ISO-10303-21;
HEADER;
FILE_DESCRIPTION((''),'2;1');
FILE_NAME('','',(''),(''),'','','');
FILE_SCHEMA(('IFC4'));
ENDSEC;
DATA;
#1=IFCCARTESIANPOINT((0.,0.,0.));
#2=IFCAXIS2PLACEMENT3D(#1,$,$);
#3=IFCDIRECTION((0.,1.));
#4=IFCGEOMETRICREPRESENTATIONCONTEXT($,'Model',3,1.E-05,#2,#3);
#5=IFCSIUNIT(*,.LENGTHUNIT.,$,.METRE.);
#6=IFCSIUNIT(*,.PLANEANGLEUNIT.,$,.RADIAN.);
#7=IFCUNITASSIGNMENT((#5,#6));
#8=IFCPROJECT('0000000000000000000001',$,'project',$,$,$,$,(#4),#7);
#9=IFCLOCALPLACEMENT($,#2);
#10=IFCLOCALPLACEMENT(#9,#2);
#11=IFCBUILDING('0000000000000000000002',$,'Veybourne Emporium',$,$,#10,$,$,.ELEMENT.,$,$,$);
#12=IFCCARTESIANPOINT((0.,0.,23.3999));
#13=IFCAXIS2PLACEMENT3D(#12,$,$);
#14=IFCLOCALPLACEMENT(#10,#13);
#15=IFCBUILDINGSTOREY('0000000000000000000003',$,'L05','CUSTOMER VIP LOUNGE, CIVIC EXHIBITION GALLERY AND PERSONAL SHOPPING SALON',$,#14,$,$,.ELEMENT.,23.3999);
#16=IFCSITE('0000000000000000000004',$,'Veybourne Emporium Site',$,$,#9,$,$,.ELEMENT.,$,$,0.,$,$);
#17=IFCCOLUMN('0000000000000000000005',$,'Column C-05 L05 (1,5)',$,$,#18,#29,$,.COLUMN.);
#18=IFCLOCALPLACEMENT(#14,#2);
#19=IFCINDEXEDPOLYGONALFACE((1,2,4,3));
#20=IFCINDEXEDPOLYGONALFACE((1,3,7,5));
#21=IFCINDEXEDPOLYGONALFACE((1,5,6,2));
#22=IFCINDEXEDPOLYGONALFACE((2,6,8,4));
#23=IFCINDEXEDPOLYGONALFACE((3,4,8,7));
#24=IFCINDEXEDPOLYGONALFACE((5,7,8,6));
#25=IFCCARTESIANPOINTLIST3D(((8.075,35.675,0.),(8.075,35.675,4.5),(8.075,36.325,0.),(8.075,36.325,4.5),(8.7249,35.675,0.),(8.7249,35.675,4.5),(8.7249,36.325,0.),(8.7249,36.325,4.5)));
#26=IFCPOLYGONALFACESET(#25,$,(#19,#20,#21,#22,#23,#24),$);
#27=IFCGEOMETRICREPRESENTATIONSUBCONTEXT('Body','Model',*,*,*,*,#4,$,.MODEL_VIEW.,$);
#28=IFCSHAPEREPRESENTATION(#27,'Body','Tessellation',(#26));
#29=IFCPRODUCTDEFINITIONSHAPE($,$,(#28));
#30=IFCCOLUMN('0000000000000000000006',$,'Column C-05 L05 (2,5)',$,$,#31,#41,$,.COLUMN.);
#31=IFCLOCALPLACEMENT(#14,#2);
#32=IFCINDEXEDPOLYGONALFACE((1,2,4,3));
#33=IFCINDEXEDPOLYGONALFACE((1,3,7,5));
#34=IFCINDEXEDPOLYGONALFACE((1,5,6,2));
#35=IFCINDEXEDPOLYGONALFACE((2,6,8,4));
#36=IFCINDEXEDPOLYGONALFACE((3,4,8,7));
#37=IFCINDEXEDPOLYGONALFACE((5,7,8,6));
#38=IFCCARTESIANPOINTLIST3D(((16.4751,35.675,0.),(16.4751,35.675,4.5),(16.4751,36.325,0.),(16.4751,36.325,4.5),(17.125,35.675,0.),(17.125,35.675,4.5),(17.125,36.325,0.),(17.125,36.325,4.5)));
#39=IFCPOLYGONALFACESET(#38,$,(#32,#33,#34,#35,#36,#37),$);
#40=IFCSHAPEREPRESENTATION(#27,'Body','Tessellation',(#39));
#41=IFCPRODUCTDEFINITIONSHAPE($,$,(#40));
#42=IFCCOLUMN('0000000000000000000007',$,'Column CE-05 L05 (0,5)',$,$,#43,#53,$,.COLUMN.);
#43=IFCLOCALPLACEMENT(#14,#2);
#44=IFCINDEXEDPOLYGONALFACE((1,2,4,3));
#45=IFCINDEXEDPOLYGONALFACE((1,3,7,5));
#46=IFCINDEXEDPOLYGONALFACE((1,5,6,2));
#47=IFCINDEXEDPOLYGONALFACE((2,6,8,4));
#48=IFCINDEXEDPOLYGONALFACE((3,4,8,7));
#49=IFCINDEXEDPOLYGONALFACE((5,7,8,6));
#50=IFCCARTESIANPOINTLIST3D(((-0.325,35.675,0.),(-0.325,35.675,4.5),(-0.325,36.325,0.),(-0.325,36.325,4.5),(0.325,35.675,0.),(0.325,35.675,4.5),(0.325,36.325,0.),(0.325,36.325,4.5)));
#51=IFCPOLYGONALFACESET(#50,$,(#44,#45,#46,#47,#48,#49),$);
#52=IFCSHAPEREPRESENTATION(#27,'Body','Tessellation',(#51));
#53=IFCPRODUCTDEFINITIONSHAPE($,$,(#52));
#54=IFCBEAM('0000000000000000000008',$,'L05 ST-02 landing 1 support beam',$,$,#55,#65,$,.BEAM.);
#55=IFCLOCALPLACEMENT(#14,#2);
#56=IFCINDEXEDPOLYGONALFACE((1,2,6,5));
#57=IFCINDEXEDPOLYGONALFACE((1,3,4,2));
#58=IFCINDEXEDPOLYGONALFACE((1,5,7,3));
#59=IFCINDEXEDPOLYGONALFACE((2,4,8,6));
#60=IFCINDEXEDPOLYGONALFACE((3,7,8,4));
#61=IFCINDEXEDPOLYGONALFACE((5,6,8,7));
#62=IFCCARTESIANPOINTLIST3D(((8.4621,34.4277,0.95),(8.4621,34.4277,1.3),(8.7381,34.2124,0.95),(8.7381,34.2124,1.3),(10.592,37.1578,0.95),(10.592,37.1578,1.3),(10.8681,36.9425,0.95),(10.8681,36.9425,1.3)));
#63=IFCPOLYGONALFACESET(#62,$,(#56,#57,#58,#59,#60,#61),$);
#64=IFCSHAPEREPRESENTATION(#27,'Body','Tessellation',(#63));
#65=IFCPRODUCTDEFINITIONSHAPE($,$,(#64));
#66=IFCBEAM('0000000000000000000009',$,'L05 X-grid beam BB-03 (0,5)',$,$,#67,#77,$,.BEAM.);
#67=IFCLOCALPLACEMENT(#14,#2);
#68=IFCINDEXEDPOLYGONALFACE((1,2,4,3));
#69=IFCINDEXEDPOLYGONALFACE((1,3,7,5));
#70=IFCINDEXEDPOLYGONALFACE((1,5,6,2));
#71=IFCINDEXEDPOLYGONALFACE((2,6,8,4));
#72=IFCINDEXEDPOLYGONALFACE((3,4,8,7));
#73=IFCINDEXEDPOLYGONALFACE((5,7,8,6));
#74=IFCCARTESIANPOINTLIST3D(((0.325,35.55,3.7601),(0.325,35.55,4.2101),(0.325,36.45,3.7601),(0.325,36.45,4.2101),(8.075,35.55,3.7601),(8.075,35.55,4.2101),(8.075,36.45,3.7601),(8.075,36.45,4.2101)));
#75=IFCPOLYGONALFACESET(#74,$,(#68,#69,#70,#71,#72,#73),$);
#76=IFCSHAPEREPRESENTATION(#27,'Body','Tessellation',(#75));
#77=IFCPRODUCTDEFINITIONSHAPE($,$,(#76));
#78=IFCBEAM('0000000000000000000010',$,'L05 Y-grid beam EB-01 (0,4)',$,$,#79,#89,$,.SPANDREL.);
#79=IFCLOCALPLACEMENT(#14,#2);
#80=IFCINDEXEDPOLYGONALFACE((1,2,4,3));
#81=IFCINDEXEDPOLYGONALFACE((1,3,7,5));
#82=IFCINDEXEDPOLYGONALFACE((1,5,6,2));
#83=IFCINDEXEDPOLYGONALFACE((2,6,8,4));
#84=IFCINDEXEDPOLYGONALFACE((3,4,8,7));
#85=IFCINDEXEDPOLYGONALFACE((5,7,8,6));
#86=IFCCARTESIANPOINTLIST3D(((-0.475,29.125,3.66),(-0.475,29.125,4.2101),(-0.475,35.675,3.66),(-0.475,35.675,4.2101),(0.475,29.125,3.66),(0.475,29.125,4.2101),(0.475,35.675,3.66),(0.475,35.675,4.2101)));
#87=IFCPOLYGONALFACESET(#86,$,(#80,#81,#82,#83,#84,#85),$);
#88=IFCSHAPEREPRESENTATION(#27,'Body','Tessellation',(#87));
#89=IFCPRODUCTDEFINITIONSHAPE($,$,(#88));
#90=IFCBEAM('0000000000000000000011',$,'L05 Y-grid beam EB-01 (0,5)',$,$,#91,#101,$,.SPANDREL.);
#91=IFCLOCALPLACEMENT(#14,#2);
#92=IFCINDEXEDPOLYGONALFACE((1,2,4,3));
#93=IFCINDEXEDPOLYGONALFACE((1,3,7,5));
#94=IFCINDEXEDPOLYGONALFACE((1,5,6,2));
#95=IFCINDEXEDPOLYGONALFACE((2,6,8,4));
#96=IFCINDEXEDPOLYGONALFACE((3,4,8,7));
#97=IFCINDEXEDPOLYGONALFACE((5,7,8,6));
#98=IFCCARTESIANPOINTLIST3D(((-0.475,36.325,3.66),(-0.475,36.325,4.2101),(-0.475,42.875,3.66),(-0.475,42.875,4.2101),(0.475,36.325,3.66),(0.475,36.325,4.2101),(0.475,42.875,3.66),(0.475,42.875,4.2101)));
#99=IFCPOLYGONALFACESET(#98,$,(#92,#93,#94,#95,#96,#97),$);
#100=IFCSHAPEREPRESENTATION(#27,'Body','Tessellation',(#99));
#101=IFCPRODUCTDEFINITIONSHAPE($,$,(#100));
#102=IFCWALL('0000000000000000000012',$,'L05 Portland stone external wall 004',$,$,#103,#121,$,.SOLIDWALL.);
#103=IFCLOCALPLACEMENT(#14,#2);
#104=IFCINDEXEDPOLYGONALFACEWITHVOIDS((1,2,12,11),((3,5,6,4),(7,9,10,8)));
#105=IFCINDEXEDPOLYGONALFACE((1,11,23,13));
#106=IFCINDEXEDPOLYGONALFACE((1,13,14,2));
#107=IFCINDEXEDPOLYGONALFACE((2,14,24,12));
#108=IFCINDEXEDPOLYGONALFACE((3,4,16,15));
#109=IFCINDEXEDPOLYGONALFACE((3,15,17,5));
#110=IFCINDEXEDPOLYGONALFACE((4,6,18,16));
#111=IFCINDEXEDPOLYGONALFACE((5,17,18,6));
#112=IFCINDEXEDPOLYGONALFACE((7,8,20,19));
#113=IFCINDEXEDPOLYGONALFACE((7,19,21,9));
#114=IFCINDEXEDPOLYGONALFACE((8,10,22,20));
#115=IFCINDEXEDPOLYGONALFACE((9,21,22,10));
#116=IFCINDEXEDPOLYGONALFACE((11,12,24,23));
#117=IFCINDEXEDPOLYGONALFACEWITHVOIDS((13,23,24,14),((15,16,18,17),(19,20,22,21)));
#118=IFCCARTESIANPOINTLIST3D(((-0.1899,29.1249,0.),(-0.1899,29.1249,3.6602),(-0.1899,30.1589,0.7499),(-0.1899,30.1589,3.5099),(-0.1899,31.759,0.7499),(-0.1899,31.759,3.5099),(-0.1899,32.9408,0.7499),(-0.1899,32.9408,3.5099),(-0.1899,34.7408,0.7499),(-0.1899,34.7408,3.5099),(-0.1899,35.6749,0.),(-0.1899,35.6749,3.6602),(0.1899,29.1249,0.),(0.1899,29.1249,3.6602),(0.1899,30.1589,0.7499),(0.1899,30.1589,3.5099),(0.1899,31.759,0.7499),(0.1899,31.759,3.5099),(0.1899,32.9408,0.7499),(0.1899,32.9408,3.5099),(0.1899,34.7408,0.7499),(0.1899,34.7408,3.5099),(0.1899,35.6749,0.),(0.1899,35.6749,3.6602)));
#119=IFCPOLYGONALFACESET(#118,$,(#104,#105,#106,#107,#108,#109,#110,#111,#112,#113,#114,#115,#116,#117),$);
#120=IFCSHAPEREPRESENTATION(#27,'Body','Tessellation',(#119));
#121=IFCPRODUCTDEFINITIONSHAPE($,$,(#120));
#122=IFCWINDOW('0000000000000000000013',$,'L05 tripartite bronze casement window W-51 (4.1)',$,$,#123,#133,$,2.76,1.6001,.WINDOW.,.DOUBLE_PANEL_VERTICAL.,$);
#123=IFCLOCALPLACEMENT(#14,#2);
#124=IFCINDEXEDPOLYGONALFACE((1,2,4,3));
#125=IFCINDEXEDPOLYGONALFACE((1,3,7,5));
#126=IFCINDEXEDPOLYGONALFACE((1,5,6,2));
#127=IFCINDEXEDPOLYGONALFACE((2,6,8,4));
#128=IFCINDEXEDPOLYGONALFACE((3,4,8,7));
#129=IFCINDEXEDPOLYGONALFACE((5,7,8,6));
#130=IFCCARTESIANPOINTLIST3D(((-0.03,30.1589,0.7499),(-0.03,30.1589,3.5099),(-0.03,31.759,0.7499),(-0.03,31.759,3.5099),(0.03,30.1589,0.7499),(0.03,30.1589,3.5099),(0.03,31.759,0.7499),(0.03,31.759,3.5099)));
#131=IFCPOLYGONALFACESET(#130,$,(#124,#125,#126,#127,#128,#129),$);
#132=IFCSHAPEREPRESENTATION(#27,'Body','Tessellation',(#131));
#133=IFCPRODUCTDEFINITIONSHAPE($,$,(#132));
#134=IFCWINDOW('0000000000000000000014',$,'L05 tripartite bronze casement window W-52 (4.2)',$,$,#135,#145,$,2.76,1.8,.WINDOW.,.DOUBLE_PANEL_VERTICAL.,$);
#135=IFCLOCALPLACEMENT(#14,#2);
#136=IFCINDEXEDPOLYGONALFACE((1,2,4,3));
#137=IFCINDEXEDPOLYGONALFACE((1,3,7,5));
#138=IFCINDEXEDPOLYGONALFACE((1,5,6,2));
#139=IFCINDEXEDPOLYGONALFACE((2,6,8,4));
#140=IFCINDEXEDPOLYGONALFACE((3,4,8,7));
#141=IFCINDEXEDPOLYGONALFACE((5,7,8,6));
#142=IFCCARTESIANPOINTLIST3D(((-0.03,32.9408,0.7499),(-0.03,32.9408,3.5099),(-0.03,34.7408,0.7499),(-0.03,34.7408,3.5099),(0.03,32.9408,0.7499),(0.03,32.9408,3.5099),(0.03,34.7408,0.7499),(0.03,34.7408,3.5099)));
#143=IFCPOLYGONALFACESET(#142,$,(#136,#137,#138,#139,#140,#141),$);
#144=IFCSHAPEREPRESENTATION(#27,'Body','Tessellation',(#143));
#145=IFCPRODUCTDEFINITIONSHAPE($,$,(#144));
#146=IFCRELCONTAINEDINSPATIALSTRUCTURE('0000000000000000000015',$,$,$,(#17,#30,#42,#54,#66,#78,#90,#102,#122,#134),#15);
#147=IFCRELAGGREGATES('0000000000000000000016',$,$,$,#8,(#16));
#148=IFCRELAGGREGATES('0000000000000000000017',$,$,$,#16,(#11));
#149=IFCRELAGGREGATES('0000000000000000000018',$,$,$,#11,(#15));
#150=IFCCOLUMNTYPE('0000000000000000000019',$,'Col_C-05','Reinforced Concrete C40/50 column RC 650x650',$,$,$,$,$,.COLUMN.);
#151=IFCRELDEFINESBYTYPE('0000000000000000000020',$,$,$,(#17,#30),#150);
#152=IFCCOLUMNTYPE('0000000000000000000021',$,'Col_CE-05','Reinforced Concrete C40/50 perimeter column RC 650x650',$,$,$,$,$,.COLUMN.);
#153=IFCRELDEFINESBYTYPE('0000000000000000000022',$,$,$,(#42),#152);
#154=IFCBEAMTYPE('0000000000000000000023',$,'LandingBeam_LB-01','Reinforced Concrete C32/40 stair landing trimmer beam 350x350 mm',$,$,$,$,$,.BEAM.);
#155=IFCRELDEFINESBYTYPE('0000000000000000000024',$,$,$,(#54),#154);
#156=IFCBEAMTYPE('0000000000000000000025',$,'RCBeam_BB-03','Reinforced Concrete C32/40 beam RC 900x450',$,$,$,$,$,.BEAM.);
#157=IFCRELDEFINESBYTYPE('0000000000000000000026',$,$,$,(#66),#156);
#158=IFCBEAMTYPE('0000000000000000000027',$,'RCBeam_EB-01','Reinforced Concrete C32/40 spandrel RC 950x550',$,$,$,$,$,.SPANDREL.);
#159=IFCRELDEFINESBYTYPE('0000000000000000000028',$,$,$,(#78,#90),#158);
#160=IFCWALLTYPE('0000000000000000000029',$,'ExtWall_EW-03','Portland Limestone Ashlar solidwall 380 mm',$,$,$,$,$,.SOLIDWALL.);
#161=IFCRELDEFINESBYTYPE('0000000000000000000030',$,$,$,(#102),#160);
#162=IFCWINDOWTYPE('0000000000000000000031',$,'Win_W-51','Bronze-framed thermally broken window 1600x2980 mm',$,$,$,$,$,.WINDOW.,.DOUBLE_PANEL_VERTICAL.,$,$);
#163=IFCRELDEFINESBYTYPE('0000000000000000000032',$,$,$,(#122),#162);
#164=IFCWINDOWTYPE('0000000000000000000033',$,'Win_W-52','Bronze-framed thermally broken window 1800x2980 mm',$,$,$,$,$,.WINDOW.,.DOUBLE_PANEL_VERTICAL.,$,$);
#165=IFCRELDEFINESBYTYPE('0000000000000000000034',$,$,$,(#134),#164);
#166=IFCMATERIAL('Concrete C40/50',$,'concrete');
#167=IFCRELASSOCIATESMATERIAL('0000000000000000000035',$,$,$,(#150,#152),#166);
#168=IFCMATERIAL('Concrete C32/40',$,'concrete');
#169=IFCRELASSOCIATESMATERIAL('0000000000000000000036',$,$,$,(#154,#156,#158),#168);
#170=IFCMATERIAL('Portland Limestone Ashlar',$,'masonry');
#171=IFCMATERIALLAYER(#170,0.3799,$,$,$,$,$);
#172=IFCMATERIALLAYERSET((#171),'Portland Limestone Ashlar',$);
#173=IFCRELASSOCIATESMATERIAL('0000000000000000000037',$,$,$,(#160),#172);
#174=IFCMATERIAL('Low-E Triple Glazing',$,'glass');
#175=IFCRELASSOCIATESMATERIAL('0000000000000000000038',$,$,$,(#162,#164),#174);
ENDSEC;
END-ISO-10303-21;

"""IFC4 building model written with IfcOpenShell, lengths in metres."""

from ifc_helpers import new_model, si_unit, direction, frame, frame_2d, origin, origin_2d, place, context, subcontext, project, spatial, rectangle, extrude, material, layer, layer_set, material_profile, profile_set, type_object, element, fill, save


model = new_model("IFC4")

# Units and contexts
model_context = context("Model", 3, precision=1e-05, world=origin(), true_north=direction((0.0, 1.0)))
body_context = subcontext(model_context, "Body", "Model", "MODEL_VIEW")
ifc_project = project(units=[si_unit("LENGTHUNIT", "METRE"), si_unit("PLANEANGLEUNIT", "RADIAN")], contexts=[model_context])

# Site, building, storey
site_placement = place(None, origin())
site = spatial("IfcSite", under=ifc_project, at=site_placement, Name="Veybourne Emporium Site", CompositionType="ELEMENT", RefElevation=0.0)
building_placement = place(site_placement, origin())
building = spatial("IfcBuilding", under=site, at=building_placement, Name="Veybourne Emporium", CompositionType="ELEMENT")
storey_placement = place(building_placement, frame((0.0, 0.0, 23.3999)))
storey = spatial("IfcBuildingStorey", under=building, at=storey_placement, Name="L05", Description="CUSTOMER VIP LOUNGE, CIVIC EXHIBITION GALLERY AND PERSONAL SHOPPING SALON", CompositionType="ELEMENT", Elevation=23.3999)

# Columns
ifc_material_1 = material(Name="Concrete C40/50", Category="concrete")
ifc_material_profile_1 = material_profile(ifc_material_1, rectangle(XDim=0.6499, YDim=0.6499, at=origin_2d()), Name="RC 650x650")
ifc_profile_set_1 = profile_set([ifc_material_profile_1], Name="Concrete C40/50")
column_type_1 = type_object("IfcColumnType", Name="Col_C-05", Description="Reinforced Concrete C40/50 column RC 650x650", PredefinedType="COLUMN", material=ifc_profile_set_1)
for number, where, z_axis, x_axis, name in (
    (1, (8.3999, 36.0, 0.0), (0.0, 0.0, 1.0), (1.0, 0.0, 0.0), "Column C-05 L05 (1,5)"),
    (2, (16.8, 36.0, 0.0), (0.0, 0.0, 1.0), (1.0, 0.0, 0.0), "Column C-05 L05 (2,5)"),
):
    element("IfcColumn", number, at=place(storey_placement, frame(where, z_axis=z_axis, x_axis=x_axis)), inside=storey, type_object=column_type_1, Name=name, PredefinedType="COLUMN", context=body_context, shape_type="SweptSolid", body=[
        extrude(rectangle(XDim=0.6499, YDim=0.6499, at=origin_2d()), origin(), (0.0, 0.0, 1.0), 4.5),
    ])
ifc_material_profile_2 = material_profile(ifc_material_1, rectangle(XDim=0.6499, YDim=0.6499, at=origin_2d()), Name="RC 650x650")
ifc_profile_set_2 = profile_set([ifc_material_profile_2], Name="Concrete C40/50")
column_type_2 = type_object("IfcColumnType", Name="Col_CE-05", Description="Reinforced Concrete C40/50 perimeter column RC 650x650", PredefinedType="COLUMN", material=ifc_profile_set_2)
column_placement = place(storey_placement, frame((0.0, 36.0, 0.0), z_axis=(0.0, 0.0, 1.0), x_axis=(1.0, 0.0, 0.0)))
element("IfcColumn", 3, at=column_placement, inside=storey, type_object=column_type_2, Name="Column CE-05 L05 (0,5)", PredefinedType="COLUMN", context=body_context, shape_type="SweptSolid", body=[
    extrude(rectangle(XDim=0.6499, YDim=0.6499, at=origin_2d()), origin(), (0.0, 0.0, 1.0), 4.5),
])

# Beams
ifc_material_2 = material(Name="Concrete C32/40", Category="concrete")
ifc_material_profile_3 = material_profile(ifc_material_2, rectangle(XDim=0.3501, YDim=0.3501, at=origin_2d()), Name="RC 350x350")
ifc_profile_set_3 = profile_set([ifc_material_profile_3], Name="Concrete C32/40")
beam_type_1 = type_object("IfcBeamType", Name="LandingBeam_LB-01", Description="Reinforced Concrete C32/40 stair landing trimmer beam 350x350 mm", PredefinedType="BEAM", material=ifc_profile_set_3)
beam_1_placement = place(storey_placement, frame((8.6001, 34.3201, 1.125), z_axis=(0.615121, 0.788433, 0.0), x_axis=(-0.788433, 0.615121, 0.0)))
element("IfcBeam", 4, at=beam_1_placement, inside=storey, type_object=beam_type_1, Name="L05 ST-02 landing 1 support beam", PredefinedType="BEAM", context=body_context, shape_type="SweptSolid", body=[
    extrude(rectangle(XDim=0.3501, YDim=0.3501, at=origin_2d()), origin(), (0.0, 0.0, 1.0), 3.4626),
])
ifc_material_profile_4 = material_profile(ifc_material_2, rectangle(XDim=0.8999, YDim=0.45, at=origin_2d()), Name="RC 900x450")
ifc_profile_set_4 = profile_set([ifc_material_profile_4], Name="Concrete C32/40")
beam_type_2 = type_object("IfcBeamType", Name="RCBeam_BB-03", Description="Reinforced Concrete C32/40 beam RC 900x450", PredefinedType="BEAM", material=ifc_profile_set_4)
beam_2_placement = place(storey_placement, frame((0.325, 36.0, 3.9851), z_axis=(1.0, 0.0, 0.0), x_axis=(0.0, 1.0, 0.0)))
element("IfcBeam", 5, at=beam_2_placement, inside=storey, type_object=beam_type_2, Name="L05 X-grid beam BB-03 (0,5)", PredefinedType="BEAM", context=body_context, shape_type="SweptSolid", body=[
    extrude(rectangle(XDim=0.8999, YDim=0.45, at=origin_2d()), origin(), (0.0, 0.0, 1.0), 7.75),
])
ifc_material_profile_5 = material_profile(ifc_material_2, rectangle(XDim=0.95, YDim=0.55, at=origin_2d()), Name="RC 950x550")
ifc_profile_set_5 = profile_set([ifc_material_profile_5], Name="Concrete C32/40")
beam_type_3 = type_object("IfcBeamType", Name="RCBeam_EB-01", Description="Reinforced Concrete C32/40 spandrel RC 950x550", PredefinedType="SPANDREL", material=ifc_profile_set_5)
for number, where, z_axis, x_axis, name in (
    (6, (0.0, 29.125, 3.9351), (0.0, 1.0, 0.0), (-1.0, 0.0, 0.0), "L05 Y-grid beam EB-01 (0,4)"),
    (7, (0.0, 36.325, 3.9351), (0.0, 1.0, 0.0), (-1.0, 0.0, 0.0), "L05 Y-grid beam EB-01 (0,5)"),
):
    element("IfcBeam", number, at=place(storey_placement, frame(where, z_axis=z_axis, x_axis=x_axis)), inside=storey, type_object=beam_type_3, Name=name, PredefinedType="SPANDREL", context=body_context, shape_type="SweptSolid", body=[
        extrude(rectangle(XDim=0.95, YDim=0.55, at=origin_2d()), origin(), (0.0, 0.0, 1.0), 6.55),
    ])

# Wall, openings, windows
ifc_material_3 = material(Name="Portland Limestone Ashlar", Category="masonry")
ifc_layer_1 = layer(ifc_material_3, 0.3799)
ifc_layer_set_1 = layer_set([ifc_layer_1], Name="Portland Limestone Ashlar")
wall_type_1 = type_object("IfcWallType", Name="ExtWall_EW-03", Description="Portland Limestone Ashlar solidwall 380 mm", PredefinedType="SOLIDWALL", material=ifc_layer_set_1)
wall_1_placement = place(storey_placement, frame((0.0, 29.125, 0.0), z_axis=(0.0, 0.0, 1.0), x_axis=(0.0, 1.0, 0.0)))
wall_1 = element("IfcWall", 8, at=wall_1_placement, inside=storey, type_object=wall_type_1, Name="L05 Portland stone external wall 004", PredefinedType="SOLIDWALL", context=body_context, shape_type="SweptSolid", body=[
    extrude(rectangle(XDim=6.55, YDim=0.3799, at=frame_2d((3.2749, 0.0))), origin(), (0.0, 0.0, 1.0), 3.6602),
])
opening_1_placement = place(wall_1_placement, frame((1.0339, 0.0, 0.75)))
opening_1 = element("IfcOpeningElement", 9, at=opening_1_placement, cuts=wall_1, PredefinedType="OPENING", context=body_context, shape_type="SweptSolid", body=[
    extrude(rectangle(XDim=1.6001, YDim=2.76, at=frame_2d((0.8, 1.3799))), frame((0.0, 0.21, 0.0), z_axis=(0.0, -1.0, 0.0), x_axis=(1.0, 0.0, 0.0)), (0.0, 0.0, 1.0), 0.4199),
])
opening_2_placement = place(wall_1_placement, frame((3.8159, 0.0, 0.75)))
opening_2 = element("IfcOpeningElement", 10, at=opening_2_placement, cuts=wall_1, PredefinedType="OPENING", context=body_context, shape_type="SweptSolid", body=[
    extrude(rectangle(XDim=1.8, YDim=2.76, at=frame_2d((0.8999, 1.3799))), frame((0.0, 0.21, 0.0), z_axis=(0.0, -1.0, 0.0), x_axis=(1.0, 0.0, 0.0)), (0.0, 0.0, 1.0), 0.4199),
])
ifc_material_4 = material(Name="Low-E Triple Glazing", Category="glass")
window_type_1 = type_object("IfcWindowType", Name="Win_W-51", Description="Bronze-framed thermally broken window 1600x2980 mm", PartitioningType="DOUBLE_PANEL_VERTICAL", PredefinedType="WINDOW", material=ifc_material_4)
window_1_placement = place(opening_1_placement, origin())
window_1 = element("IfcWindow", 11, at=window_1_placement, inside=storey, type_object=window_type_1, Name="L05 tripartite bronze casement window W-51 (4.1)", OverallHeight=2.76, OverallWidth=1.6001, PartitioningType="DOUBLE_PANEL_VERTICAL", PredefinedType="WINDOW", context=body_context, shape_type="SweptSolid", body=[
    extrude(rectangle(XDim=1.6001, YDim=2.76, at=frame_2d((0.8, 1.3799))), frame((0.0, 0.03, 0.0), z_axis=(0.0, -1.0, 0.0), x_axis=(1.0, 0.0, 0.0)), (0.0, 0.0, 1.0), 0.0601),
])
fill(opening_1, window_1)
window_type_2 = type_object("IfcWindowType", Name="Win_W-52", Description="Bronze-framed thermally broken window 1800x2980 mm", PartitioningType="DOUBLE_PANEL_VERTICAL", PredefinedType="WINDOW", material=ifc_material_4)
window_2_placement = place(opening_2_placement, origin())
window_2 = element("IfcWindow", 12, at=window_2_placement, inside=storey, type_object=window_type_2, Name="L05 tripartite bronze casement window W-52 (4.2)", OverallHeight=2.76, OverallWidth=1.8, PartitioningType="DOUBLE_PANEL_VERTICAL", PredefinedType="WINDOW", context=body_context, shape_type="SweptSolid", body=[
    extrude(rectangle(XDim=1.8, YDim=2.76, at=frame_2d((0.8999, 1.3799))), frame((0.0, 0.03, 0.0), z_axis=(0.0, -1.0, 0.0), x_axis=(1.0, 0.0, 0.0)), (0.0, 0.0, 1.0), 0.0601),
])
fill(opening_2, window_2)

save(model, "model.ifc")
